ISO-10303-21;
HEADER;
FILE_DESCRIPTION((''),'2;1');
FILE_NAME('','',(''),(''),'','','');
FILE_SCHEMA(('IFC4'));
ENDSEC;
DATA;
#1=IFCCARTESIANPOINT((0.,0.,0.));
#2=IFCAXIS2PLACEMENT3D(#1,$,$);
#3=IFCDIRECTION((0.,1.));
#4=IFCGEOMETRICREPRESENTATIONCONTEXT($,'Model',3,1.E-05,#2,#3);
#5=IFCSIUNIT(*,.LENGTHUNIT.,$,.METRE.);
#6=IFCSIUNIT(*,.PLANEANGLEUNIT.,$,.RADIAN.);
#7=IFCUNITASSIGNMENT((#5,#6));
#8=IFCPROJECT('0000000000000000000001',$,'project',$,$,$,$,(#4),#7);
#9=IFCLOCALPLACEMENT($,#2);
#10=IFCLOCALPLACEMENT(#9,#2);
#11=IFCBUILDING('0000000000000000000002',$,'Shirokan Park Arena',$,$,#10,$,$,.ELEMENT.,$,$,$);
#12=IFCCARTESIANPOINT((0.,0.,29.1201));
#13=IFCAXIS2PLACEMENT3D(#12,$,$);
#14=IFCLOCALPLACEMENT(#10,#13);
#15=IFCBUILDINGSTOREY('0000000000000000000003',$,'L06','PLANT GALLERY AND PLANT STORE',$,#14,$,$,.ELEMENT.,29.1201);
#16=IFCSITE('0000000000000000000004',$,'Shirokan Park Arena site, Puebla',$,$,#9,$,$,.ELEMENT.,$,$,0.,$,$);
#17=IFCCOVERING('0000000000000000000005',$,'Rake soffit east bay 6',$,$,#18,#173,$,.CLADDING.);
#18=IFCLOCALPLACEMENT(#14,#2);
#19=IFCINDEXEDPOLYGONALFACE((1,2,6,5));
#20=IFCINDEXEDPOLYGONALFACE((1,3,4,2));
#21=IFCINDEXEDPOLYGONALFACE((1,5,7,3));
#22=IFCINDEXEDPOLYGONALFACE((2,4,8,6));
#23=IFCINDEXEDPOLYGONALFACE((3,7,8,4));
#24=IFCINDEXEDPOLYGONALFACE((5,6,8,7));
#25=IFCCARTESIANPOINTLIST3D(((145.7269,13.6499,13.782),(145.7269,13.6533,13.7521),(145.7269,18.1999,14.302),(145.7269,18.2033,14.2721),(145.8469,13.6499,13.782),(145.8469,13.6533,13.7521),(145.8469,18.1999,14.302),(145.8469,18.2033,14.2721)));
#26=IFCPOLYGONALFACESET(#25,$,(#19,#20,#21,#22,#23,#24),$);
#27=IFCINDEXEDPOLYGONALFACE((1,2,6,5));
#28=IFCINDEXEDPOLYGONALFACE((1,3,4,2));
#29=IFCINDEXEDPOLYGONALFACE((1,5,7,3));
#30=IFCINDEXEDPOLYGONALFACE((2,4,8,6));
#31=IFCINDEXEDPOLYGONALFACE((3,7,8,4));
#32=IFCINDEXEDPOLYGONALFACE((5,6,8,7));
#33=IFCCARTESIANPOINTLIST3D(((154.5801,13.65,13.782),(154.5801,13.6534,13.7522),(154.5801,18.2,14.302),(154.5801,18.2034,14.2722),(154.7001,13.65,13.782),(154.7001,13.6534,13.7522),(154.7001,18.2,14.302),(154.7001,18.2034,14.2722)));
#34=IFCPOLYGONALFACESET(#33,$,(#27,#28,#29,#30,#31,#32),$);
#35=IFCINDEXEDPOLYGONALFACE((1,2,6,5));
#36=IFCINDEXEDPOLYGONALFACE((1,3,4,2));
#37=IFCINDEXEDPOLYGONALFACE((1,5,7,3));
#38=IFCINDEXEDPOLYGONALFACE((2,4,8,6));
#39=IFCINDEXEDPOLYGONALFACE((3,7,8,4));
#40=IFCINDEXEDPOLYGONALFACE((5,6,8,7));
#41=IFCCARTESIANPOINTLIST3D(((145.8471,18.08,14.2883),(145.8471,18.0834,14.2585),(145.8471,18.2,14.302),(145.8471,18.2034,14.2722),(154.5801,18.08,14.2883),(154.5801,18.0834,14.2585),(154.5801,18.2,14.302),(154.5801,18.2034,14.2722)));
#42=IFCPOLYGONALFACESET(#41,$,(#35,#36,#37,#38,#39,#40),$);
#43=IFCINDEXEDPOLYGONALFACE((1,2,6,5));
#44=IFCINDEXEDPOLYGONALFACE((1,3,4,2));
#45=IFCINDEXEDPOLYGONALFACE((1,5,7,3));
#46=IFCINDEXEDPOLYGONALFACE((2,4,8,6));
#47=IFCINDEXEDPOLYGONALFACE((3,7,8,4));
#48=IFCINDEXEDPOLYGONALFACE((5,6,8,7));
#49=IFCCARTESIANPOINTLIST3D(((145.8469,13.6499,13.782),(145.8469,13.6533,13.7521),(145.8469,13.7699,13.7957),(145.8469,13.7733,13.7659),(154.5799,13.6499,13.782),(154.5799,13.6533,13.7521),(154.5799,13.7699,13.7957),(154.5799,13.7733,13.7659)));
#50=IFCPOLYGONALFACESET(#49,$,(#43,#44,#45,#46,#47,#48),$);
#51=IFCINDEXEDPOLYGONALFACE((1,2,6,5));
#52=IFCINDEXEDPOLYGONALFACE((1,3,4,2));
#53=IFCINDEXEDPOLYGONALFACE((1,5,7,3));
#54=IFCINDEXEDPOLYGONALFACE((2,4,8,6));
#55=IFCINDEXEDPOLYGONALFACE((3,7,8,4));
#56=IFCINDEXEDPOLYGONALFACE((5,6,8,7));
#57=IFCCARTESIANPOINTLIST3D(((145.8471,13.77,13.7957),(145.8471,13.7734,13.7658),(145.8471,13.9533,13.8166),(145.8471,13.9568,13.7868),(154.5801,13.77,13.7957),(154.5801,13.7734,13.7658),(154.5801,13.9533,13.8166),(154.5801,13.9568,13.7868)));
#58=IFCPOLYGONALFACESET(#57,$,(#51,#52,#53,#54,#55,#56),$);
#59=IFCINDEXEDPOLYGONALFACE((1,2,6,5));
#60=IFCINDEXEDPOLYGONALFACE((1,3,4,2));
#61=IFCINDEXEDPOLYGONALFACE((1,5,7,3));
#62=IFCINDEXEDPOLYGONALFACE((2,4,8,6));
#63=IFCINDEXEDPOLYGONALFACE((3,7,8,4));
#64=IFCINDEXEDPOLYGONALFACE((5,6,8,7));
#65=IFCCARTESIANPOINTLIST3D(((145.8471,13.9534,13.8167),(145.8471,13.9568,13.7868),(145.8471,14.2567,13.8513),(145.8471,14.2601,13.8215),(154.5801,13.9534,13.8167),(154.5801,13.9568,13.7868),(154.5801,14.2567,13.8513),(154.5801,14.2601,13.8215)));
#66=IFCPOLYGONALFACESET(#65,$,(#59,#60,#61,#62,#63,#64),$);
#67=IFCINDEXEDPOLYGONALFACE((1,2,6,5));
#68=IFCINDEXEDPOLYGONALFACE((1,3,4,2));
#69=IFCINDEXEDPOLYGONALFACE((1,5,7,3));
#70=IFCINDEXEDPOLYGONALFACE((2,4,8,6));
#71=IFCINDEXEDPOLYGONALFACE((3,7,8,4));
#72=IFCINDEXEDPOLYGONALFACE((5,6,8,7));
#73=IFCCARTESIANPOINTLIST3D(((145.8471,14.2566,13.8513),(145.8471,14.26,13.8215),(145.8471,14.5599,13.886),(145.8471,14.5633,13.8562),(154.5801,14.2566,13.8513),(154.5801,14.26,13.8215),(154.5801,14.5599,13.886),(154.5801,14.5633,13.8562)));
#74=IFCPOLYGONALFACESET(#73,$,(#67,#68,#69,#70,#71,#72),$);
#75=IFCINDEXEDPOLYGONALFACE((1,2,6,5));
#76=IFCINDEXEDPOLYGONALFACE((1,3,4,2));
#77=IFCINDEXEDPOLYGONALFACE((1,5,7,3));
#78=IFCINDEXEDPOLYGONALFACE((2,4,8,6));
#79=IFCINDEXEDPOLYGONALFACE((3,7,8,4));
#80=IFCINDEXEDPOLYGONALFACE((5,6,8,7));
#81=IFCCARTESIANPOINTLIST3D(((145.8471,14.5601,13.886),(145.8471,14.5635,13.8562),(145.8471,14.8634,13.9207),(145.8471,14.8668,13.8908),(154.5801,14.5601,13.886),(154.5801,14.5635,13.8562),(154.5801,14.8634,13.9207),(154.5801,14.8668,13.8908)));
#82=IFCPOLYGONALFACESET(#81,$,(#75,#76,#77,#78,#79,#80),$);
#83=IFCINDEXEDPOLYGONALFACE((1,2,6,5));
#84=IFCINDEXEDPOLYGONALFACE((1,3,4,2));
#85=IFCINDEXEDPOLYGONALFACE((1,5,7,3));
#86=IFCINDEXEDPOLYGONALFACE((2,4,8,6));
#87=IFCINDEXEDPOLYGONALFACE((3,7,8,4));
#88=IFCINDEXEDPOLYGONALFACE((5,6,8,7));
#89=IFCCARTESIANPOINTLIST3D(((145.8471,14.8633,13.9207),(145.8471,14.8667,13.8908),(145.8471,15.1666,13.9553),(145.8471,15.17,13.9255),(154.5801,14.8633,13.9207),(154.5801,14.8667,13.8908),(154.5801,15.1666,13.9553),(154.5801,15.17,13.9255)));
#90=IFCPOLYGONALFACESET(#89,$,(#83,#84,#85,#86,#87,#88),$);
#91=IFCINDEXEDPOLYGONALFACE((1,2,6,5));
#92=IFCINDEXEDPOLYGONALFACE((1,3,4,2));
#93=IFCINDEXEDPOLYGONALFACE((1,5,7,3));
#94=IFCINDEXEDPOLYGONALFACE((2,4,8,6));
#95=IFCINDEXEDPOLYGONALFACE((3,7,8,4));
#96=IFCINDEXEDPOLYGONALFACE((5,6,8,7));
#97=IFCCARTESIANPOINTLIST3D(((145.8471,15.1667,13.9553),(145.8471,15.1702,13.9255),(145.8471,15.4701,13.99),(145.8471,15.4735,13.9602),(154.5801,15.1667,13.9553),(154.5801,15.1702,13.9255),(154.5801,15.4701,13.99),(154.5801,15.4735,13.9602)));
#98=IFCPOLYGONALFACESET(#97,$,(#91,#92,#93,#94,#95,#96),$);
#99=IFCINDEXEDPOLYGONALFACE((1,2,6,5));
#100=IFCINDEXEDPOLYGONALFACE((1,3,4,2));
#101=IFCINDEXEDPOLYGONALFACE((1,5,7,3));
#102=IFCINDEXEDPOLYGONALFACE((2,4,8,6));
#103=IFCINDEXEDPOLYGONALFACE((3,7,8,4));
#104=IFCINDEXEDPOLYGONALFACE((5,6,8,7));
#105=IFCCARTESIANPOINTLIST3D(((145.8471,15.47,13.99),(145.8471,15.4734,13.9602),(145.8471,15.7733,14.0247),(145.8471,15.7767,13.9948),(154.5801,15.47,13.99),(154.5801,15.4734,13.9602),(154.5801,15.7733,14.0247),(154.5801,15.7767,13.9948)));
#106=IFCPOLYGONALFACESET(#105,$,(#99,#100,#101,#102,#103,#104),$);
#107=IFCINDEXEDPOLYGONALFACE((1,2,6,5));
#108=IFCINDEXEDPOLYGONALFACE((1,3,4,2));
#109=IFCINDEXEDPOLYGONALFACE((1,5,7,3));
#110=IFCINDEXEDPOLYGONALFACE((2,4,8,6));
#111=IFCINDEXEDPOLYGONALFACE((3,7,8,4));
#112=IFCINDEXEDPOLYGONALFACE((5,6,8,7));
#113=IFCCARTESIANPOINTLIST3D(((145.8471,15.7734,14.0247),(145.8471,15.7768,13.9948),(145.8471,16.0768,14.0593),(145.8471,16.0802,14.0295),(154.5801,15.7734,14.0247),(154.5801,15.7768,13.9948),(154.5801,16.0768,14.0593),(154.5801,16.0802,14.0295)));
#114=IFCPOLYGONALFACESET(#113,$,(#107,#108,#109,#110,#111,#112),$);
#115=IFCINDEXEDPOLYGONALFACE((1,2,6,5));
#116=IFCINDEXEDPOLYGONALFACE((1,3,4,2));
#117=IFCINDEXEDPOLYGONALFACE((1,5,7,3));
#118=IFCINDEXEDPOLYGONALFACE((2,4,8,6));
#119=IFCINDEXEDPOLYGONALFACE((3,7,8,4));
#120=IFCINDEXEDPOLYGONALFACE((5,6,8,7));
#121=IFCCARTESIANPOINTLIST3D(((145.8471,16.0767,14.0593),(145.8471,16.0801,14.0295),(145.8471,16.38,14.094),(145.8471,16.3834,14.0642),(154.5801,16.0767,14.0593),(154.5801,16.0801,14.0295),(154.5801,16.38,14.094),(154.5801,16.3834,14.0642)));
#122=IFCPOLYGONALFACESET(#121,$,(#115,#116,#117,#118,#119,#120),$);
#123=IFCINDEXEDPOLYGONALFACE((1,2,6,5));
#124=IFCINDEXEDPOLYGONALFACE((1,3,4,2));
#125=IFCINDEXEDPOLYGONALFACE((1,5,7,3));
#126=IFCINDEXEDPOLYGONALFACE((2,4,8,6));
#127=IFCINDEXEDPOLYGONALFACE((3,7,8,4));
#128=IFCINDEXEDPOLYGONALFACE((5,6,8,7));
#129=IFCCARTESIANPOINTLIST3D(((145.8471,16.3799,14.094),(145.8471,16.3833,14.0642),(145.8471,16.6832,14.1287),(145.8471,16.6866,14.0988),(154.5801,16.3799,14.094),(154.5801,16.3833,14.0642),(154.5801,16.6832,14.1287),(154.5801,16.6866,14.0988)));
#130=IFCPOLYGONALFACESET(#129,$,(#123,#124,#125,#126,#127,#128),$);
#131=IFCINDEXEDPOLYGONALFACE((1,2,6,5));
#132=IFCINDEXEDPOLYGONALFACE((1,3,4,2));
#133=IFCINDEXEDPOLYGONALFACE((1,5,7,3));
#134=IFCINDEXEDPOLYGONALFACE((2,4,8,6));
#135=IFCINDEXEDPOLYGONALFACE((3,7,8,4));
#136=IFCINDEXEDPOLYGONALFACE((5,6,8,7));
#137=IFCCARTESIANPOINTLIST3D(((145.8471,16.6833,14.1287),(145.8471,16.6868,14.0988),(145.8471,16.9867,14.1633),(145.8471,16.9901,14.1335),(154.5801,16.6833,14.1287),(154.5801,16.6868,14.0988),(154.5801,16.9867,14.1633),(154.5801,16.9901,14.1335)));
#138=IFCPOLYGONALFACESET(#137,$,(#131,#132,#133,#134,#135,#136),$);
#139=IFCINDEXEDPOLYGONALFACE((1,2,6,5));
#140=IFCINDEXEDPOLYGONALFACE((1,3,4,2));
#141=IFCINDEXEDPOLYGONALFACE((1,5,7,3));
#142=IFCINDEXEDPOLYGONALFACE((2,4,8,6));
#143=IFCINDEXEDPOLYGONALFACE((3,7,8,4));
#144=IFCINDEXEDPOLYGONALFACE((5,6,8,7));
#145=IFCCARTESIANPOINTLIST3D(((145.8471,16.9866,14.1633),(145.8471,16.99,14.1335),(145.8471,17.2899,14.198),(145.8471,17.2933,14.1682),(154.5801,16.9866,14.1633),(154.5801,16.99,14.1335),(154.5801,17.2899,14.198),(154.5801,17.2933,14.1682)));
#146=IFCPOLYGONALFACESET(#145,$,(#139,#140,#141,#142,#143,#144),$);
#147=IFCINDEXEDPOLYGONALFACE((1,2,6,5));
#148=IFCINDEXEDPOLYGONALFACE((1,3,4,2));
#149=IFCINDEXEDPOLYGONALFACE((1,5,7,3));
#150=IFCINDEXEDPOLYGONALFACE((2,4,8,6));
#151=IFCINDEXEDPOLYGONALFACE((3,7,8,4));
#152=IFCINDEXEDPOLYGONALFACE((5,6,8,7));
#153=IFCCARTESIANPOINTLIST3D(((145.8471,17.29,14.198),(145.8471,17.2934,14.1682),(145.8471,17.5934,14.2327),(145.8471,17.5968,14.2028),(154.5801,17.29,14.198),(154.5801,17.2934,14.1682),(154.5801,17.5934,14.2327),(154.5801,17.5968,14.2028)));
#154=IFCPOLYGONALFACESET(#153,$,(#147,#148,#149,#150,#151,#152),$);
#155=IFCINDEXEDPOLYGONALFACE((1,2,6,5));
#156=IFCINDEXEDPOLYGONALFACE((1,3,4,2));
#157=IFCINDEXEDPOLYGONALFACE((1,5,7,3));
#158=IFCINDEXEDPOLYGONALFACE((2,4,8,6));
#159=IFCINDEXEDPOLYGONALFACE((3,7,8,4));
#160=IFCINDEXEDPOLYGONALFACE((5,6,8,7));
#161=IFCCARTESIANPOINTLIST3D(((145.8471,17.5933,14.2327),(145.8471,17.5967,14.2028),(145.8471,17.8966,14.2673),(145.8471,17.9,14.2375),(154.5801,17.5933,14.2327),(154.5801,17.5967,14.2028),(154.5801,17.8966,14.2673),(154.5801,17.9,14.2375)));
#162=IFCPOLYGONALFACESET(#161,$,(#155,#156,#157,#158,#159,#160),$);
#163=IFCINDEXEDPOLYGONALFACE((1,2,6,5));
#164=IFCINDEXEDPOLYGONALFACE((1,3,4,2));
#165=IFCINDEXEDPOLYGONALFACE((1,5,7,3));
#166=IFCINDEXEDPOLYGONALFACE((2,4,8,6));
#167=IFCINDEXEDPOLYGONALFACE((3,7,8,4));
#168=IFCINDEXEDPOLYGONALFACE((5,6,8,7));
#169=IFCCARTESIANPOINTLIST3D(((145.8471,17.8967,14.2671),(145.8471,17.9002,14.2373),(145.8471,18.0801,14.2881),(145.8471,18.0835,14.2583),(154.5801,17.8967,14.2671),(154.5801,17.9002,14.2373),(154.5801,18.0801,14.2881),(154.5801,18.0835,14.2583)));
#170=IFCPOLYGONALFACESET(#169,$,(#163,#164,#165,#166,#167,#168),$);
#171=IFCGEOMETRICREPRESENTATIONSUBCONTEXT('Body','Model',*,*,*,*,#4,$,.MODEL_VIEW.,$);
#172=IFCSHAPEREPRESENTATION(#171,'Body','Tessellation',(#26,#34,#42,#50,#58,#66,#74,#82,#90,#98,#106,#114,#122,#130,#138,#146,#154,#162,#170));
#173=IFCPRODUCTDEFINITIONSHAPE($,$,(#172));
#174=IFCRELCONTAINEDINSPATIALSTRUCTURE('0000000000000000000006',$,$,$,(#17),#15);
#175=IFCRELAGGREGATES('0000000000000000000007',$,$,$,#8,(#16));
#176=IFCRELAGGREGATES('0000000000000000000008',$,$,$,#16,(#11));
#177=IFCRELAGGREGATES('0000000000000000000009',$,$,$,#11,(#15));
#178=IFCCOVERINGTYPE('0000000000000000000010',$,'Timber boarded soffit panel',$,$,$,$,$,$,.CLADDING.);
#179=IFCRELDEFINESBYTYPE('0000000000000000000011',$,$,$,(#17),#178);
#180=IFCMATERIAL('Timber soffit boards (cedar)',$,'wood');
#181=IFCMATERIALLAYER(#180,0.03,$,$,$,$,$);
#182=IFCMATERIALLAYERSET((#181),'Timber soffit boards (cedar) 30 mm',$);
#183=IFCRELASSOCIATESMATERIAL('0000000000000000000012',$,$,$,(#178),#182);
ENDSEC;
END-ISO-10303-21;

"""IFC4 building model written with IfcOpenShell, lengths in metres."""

from ifc_helpers import new_model, si_unit, direction, frame, origin, place, context, subcontext, project, spatial, polyline, outline, extrude, material, layer, layer_set, type_object, element, save


model = new_model("IFC4")

# Units and contexts
model_context = context("Model", 3, precision=1e-05, world=origin(), true_north=direction((0.0, 1.0)))
body_context = subcontext(model_context, "Body", "Model", "MODEL_VIEW")
ifc_project = project(units=[si_unit("LENGTHUNIT", "METRE"), si_unit("PLANEANGLEUNIT", "RADIAN")], contexts=[model_context])

# Site, building, storey
site_placement = place(None, origin())
site = spatial("IfcSite", under=ifc_project, at=site_placement, Name="Shirokan Park Arena site, Puebla", CompositionType="ELEMENT", RefElevation=0.0)
building_placement = place(site_placement, origin())
building = spatial("IfcBuilding", under=site, at=building_placement, Name="Shirokan Park Arena", CompositionType="ELEMENT")
storey_placement = place(building_placement, frame((0.0, 0.0, 29.1201)))
storey = spatial("IfcBuildingStorey", under=building, at=storey_placement, Name="L06", Description="PLANT GALLERY AND PLANT STORE", CompositionType="ELEMENT", Elevation=29.1201)

# Covering
ifc_material = material(Name="Timber soffit boards (cedar)", Category="wood")
ifc_layer = layer(ifc_material, 0.03)
ifc_layer_set = layer_set([ifc_layer], Name="Timber soffit boards (cedar) 30 mm")
covering_type = type_object("IfcCoveringType", Name="Timber boarded soffit panel", PredefinedType="CLADDING", material=ifc_layer_set)
covering_1_placement = place(storey_placement, origin())
element("IfcCovering", 1, at=covering_1_placement, inside=storey, type_object=covering_type, Name="Rake soffit east bay 6", PredefinedType="CLADDING", context=body_context, shape_type="SweptSolid", body=[
    extrude(outline(polyline([(0.0, 0.0), (0.12, 0.0), (0.12, -4.5796), (0.0, -4.5796), (0.0, 0.0)])), frame((145.8469, 13.6499, 13.782), z_axis=(0.0, -0.113547, 0.993533), x_axis=(-1.0, 0.0, 0.0)), (0.0, 0.0, -1.0), 0.03),
    extrude(outline(polyline([(0.0, 0.0), (0.12, 0.0), (0.12, -4.5796), (0.0, -4.5796), (0.0, 0.0)])), frame((154.5801, 18.2, 14.302), z_axis=(0.0, -0.113547, 0.993533), x_axis=(1.0, 0.0, 0.0)), (0.0, 0.0, -1.0), 0.03),
    extrude(outline(polyline([(0.0, 0.0), (0.1208, 0.0), (0.1208, -8.733), (0.0, -8.733), (0.0, 0.0)])), frame((154.5801, 18.2, 14.302), z_axis=(0.0, -0.113512, 0.993537), x_axis=(0.0, -0.993537, -0.113512)), (0.0, 0.0, -1.0), 0.03),
    extrude(outline(polyline([(0.0, 0.0), (0.1208, 0.0), (0.1208, -8.733), (0.0, -8.733), (0.0, 0.0)])), frame((145.8469, 13.6499, 13.782), z_axis=(0.0, -0.113512, 0.993537), x_axis=(0.0, 0.993537, 0.113512)), (0.0, 0.0, -1.0), 0.03),
    extrude(outline(polyline([(0.0, 0.0), (8.733, 0.0), (8.733, -0.1845), (0.0, -0.1845), (0.0, 0.0)])), frame((154.5801, 13.77, 13.7957), z_axis=(0.0, -0.113589, 0.993528), x_axis=(-1.0, 0.0, 0.0)), (0.0, 0.0, -1.0), 0.03),
    extrude(outline(polyline([(0.0, 0.0), (8.733, 0.0), (8.733, -0.3053), (0.0, -0.3053), (0.0, 0.0)])), frame((154.5801, 13.9534, 13.8167), z_axis=(0.0, -0.113523, 0.993535), x_axis=(-1.0, 0.0, 0.0)), (0.0, 0.0, -1.0), 0.03),
    extrude(outline(polyline([(0.0, 0.0), (8.733, 0.0), (8.733, -0.3053), (0.0, -0.3053), (0.0, 0.0)])), frame((154.5801, 14.2566, 13.8513), z_axis=(0.0, -0.113559, 0.993531), x_axis=(-1.0, 0.0, 0.0)), (0.0, 0.0, -1.0), 0.03),
    extrude(outline(polyline([(0.0, 0.0), (8.733, 0.0), (8.733, -0.3053), (0.0, -0.3053), (0.0, 0.0)])), frame((154.5801, 14.5601, 13.886), z_axis=(0.0, -0.113559, 0.993531), x_axis=(-1.0, 0.0, 0.0)), (0.0, 0.0, -1.0), 0.03),
    extrude(outline(polyline([(0.0, 0.0), (8.733, 0.0), (8.733, -0.3053), (0.0, -0.3053), (0.0, 0.0)])), frame((154.5801, 14.8633, 13.9207), z_axis=(0.0, -0.113523, 0.993535), x_axis=(-1.0, 0.0, 0.0)), (0.0, 0.0, -1.0), 0.03),
    extrude(outline(polyline([(0.0, 0.0), (8.733, 0.0), (8.733, -0.3053), (0.0, -0.3053), (0.0, 0.0)])), frame((154.5801, 15.1667, 13.9553), z_axis=(0.0, -0.113559, 0.993531), x_axis=(-1.0, 0.0, 0.0)), (0.0, 0.0, -1.0), 0.03),
    extrude(outline(polyline([(0.0, 0.0), (8.733, 0.0), (8.733, -0.3053), (0.0, -0.3053), (0.0, 0.0)])), frame((154.5801, 15.47, 13.99), z_axis=(0.0, -0.113559, 0.993531), x_axis=(-1.0, 0.0, 0.0)), (0.0, 0.0, -1.0), 0.03),
    extrude(outline(polyline([(0.0, 0.0), (8.733, 0.0), (8.733, -0.3053), (0.0, -0.3053), (0.0, 0.0)])), frame((154.5801, 15.7734, 14.0247), z_axis=(0.0, -0.113523, 0.993535), x_axis=(-1.0, 0.0, 0.0)), (0.0, 0.0, -1.0), 0.03),
    extrude(outline(polyline([(0.0, 0.0), (8.733, 0.0), (8.733, -0.3053), (0.0, -0.3053), (0.0, 0.0)])), frame((154.5801, 16.0767, 14.0593), z_axis=(0.0, -0.113559, 0.993531), x_axis=(-1.0, 0.0, 0.0)), (0.0, 0.0, -1.0), 0.03),
    extrude(outline(polyline([(0.0, 0.0), (8.733, 0.0), (8.733, -0.3053), (0.0, -0.3053), (0.0, 0.0)])), frame((154.5801, 16.3799, 14.094), z_axis=(0.0, -0.113559, 0.993531), x_axis=(-1.0, 0.0, 0.0)), (0.0, 0.0, -1.0), 0.03),
    extrude(outline(polyline([(0.0, 0.0), (8.733, 0.0), (8.733, -0.3053), (0.0, -0.3053), (0.0, 0.0)])), frame((154.5801, 16.6833, 14.1287), z_axis=(0.0, -0.113523, 0.993535), x_axis=(-1.0, 0.0, 0.0)), (0.0, 0.0, -1.0), 0.03),
    extrude(outline(polyline([(0.0, 0.0), (8.733, 0.0), (8.733, -0.3053), (0.0, -0.3053), (0.0, 0.0)])), frame((154.5801, 16.9866, 14.1633), z_axis=(0.0, -0.113559, 0.993531), x_axis=(-1.0, 0.0, 0.0)), (0.0, 0.0, -1.0), 0.03),
    extrude(outline(polyline([(0.0, 0.0), (8.733, 0.0), (8.733, -0.3053), (0.0, -0.3053), (0.0, 0.0)])), frame((154.5801, 17.29, 14.198), z_axis=(0.0, -0.113559, 0.993531), x_axis=(-1.0, 0.0, 0.0)), (0.0, 0.0, -1.0), 0.03),
    extrude(outline(polyline([(0.0, 0.0), (8.733, 0.0), (8.733, -0.3053), (0.0, -0.3053), (0.0, 0.0)])), frame((154.5801, 17.5933, 14.2327), z_axis=(0.0, -0.113523, 0.993535), x_axis=(-1.0, 0.0, 0.0)), (0.0, 0.0, -1.0), 0.03),
    extrude(outline(polyline([(0.0, 0.0), (0.1845, 0.0), (0.1845, -8.733), (0.0, -8.733), (0.0, 0.0)])), frame((154.5801, 18.0801, 14.2881), z_axis=(0.0, -0.113589, 0.993528), x_axis=(0.0, -0.993528, -0.113589)), (0.0, 0.0, -1.0), 0.03),
])

save(model, "model.ifc")
